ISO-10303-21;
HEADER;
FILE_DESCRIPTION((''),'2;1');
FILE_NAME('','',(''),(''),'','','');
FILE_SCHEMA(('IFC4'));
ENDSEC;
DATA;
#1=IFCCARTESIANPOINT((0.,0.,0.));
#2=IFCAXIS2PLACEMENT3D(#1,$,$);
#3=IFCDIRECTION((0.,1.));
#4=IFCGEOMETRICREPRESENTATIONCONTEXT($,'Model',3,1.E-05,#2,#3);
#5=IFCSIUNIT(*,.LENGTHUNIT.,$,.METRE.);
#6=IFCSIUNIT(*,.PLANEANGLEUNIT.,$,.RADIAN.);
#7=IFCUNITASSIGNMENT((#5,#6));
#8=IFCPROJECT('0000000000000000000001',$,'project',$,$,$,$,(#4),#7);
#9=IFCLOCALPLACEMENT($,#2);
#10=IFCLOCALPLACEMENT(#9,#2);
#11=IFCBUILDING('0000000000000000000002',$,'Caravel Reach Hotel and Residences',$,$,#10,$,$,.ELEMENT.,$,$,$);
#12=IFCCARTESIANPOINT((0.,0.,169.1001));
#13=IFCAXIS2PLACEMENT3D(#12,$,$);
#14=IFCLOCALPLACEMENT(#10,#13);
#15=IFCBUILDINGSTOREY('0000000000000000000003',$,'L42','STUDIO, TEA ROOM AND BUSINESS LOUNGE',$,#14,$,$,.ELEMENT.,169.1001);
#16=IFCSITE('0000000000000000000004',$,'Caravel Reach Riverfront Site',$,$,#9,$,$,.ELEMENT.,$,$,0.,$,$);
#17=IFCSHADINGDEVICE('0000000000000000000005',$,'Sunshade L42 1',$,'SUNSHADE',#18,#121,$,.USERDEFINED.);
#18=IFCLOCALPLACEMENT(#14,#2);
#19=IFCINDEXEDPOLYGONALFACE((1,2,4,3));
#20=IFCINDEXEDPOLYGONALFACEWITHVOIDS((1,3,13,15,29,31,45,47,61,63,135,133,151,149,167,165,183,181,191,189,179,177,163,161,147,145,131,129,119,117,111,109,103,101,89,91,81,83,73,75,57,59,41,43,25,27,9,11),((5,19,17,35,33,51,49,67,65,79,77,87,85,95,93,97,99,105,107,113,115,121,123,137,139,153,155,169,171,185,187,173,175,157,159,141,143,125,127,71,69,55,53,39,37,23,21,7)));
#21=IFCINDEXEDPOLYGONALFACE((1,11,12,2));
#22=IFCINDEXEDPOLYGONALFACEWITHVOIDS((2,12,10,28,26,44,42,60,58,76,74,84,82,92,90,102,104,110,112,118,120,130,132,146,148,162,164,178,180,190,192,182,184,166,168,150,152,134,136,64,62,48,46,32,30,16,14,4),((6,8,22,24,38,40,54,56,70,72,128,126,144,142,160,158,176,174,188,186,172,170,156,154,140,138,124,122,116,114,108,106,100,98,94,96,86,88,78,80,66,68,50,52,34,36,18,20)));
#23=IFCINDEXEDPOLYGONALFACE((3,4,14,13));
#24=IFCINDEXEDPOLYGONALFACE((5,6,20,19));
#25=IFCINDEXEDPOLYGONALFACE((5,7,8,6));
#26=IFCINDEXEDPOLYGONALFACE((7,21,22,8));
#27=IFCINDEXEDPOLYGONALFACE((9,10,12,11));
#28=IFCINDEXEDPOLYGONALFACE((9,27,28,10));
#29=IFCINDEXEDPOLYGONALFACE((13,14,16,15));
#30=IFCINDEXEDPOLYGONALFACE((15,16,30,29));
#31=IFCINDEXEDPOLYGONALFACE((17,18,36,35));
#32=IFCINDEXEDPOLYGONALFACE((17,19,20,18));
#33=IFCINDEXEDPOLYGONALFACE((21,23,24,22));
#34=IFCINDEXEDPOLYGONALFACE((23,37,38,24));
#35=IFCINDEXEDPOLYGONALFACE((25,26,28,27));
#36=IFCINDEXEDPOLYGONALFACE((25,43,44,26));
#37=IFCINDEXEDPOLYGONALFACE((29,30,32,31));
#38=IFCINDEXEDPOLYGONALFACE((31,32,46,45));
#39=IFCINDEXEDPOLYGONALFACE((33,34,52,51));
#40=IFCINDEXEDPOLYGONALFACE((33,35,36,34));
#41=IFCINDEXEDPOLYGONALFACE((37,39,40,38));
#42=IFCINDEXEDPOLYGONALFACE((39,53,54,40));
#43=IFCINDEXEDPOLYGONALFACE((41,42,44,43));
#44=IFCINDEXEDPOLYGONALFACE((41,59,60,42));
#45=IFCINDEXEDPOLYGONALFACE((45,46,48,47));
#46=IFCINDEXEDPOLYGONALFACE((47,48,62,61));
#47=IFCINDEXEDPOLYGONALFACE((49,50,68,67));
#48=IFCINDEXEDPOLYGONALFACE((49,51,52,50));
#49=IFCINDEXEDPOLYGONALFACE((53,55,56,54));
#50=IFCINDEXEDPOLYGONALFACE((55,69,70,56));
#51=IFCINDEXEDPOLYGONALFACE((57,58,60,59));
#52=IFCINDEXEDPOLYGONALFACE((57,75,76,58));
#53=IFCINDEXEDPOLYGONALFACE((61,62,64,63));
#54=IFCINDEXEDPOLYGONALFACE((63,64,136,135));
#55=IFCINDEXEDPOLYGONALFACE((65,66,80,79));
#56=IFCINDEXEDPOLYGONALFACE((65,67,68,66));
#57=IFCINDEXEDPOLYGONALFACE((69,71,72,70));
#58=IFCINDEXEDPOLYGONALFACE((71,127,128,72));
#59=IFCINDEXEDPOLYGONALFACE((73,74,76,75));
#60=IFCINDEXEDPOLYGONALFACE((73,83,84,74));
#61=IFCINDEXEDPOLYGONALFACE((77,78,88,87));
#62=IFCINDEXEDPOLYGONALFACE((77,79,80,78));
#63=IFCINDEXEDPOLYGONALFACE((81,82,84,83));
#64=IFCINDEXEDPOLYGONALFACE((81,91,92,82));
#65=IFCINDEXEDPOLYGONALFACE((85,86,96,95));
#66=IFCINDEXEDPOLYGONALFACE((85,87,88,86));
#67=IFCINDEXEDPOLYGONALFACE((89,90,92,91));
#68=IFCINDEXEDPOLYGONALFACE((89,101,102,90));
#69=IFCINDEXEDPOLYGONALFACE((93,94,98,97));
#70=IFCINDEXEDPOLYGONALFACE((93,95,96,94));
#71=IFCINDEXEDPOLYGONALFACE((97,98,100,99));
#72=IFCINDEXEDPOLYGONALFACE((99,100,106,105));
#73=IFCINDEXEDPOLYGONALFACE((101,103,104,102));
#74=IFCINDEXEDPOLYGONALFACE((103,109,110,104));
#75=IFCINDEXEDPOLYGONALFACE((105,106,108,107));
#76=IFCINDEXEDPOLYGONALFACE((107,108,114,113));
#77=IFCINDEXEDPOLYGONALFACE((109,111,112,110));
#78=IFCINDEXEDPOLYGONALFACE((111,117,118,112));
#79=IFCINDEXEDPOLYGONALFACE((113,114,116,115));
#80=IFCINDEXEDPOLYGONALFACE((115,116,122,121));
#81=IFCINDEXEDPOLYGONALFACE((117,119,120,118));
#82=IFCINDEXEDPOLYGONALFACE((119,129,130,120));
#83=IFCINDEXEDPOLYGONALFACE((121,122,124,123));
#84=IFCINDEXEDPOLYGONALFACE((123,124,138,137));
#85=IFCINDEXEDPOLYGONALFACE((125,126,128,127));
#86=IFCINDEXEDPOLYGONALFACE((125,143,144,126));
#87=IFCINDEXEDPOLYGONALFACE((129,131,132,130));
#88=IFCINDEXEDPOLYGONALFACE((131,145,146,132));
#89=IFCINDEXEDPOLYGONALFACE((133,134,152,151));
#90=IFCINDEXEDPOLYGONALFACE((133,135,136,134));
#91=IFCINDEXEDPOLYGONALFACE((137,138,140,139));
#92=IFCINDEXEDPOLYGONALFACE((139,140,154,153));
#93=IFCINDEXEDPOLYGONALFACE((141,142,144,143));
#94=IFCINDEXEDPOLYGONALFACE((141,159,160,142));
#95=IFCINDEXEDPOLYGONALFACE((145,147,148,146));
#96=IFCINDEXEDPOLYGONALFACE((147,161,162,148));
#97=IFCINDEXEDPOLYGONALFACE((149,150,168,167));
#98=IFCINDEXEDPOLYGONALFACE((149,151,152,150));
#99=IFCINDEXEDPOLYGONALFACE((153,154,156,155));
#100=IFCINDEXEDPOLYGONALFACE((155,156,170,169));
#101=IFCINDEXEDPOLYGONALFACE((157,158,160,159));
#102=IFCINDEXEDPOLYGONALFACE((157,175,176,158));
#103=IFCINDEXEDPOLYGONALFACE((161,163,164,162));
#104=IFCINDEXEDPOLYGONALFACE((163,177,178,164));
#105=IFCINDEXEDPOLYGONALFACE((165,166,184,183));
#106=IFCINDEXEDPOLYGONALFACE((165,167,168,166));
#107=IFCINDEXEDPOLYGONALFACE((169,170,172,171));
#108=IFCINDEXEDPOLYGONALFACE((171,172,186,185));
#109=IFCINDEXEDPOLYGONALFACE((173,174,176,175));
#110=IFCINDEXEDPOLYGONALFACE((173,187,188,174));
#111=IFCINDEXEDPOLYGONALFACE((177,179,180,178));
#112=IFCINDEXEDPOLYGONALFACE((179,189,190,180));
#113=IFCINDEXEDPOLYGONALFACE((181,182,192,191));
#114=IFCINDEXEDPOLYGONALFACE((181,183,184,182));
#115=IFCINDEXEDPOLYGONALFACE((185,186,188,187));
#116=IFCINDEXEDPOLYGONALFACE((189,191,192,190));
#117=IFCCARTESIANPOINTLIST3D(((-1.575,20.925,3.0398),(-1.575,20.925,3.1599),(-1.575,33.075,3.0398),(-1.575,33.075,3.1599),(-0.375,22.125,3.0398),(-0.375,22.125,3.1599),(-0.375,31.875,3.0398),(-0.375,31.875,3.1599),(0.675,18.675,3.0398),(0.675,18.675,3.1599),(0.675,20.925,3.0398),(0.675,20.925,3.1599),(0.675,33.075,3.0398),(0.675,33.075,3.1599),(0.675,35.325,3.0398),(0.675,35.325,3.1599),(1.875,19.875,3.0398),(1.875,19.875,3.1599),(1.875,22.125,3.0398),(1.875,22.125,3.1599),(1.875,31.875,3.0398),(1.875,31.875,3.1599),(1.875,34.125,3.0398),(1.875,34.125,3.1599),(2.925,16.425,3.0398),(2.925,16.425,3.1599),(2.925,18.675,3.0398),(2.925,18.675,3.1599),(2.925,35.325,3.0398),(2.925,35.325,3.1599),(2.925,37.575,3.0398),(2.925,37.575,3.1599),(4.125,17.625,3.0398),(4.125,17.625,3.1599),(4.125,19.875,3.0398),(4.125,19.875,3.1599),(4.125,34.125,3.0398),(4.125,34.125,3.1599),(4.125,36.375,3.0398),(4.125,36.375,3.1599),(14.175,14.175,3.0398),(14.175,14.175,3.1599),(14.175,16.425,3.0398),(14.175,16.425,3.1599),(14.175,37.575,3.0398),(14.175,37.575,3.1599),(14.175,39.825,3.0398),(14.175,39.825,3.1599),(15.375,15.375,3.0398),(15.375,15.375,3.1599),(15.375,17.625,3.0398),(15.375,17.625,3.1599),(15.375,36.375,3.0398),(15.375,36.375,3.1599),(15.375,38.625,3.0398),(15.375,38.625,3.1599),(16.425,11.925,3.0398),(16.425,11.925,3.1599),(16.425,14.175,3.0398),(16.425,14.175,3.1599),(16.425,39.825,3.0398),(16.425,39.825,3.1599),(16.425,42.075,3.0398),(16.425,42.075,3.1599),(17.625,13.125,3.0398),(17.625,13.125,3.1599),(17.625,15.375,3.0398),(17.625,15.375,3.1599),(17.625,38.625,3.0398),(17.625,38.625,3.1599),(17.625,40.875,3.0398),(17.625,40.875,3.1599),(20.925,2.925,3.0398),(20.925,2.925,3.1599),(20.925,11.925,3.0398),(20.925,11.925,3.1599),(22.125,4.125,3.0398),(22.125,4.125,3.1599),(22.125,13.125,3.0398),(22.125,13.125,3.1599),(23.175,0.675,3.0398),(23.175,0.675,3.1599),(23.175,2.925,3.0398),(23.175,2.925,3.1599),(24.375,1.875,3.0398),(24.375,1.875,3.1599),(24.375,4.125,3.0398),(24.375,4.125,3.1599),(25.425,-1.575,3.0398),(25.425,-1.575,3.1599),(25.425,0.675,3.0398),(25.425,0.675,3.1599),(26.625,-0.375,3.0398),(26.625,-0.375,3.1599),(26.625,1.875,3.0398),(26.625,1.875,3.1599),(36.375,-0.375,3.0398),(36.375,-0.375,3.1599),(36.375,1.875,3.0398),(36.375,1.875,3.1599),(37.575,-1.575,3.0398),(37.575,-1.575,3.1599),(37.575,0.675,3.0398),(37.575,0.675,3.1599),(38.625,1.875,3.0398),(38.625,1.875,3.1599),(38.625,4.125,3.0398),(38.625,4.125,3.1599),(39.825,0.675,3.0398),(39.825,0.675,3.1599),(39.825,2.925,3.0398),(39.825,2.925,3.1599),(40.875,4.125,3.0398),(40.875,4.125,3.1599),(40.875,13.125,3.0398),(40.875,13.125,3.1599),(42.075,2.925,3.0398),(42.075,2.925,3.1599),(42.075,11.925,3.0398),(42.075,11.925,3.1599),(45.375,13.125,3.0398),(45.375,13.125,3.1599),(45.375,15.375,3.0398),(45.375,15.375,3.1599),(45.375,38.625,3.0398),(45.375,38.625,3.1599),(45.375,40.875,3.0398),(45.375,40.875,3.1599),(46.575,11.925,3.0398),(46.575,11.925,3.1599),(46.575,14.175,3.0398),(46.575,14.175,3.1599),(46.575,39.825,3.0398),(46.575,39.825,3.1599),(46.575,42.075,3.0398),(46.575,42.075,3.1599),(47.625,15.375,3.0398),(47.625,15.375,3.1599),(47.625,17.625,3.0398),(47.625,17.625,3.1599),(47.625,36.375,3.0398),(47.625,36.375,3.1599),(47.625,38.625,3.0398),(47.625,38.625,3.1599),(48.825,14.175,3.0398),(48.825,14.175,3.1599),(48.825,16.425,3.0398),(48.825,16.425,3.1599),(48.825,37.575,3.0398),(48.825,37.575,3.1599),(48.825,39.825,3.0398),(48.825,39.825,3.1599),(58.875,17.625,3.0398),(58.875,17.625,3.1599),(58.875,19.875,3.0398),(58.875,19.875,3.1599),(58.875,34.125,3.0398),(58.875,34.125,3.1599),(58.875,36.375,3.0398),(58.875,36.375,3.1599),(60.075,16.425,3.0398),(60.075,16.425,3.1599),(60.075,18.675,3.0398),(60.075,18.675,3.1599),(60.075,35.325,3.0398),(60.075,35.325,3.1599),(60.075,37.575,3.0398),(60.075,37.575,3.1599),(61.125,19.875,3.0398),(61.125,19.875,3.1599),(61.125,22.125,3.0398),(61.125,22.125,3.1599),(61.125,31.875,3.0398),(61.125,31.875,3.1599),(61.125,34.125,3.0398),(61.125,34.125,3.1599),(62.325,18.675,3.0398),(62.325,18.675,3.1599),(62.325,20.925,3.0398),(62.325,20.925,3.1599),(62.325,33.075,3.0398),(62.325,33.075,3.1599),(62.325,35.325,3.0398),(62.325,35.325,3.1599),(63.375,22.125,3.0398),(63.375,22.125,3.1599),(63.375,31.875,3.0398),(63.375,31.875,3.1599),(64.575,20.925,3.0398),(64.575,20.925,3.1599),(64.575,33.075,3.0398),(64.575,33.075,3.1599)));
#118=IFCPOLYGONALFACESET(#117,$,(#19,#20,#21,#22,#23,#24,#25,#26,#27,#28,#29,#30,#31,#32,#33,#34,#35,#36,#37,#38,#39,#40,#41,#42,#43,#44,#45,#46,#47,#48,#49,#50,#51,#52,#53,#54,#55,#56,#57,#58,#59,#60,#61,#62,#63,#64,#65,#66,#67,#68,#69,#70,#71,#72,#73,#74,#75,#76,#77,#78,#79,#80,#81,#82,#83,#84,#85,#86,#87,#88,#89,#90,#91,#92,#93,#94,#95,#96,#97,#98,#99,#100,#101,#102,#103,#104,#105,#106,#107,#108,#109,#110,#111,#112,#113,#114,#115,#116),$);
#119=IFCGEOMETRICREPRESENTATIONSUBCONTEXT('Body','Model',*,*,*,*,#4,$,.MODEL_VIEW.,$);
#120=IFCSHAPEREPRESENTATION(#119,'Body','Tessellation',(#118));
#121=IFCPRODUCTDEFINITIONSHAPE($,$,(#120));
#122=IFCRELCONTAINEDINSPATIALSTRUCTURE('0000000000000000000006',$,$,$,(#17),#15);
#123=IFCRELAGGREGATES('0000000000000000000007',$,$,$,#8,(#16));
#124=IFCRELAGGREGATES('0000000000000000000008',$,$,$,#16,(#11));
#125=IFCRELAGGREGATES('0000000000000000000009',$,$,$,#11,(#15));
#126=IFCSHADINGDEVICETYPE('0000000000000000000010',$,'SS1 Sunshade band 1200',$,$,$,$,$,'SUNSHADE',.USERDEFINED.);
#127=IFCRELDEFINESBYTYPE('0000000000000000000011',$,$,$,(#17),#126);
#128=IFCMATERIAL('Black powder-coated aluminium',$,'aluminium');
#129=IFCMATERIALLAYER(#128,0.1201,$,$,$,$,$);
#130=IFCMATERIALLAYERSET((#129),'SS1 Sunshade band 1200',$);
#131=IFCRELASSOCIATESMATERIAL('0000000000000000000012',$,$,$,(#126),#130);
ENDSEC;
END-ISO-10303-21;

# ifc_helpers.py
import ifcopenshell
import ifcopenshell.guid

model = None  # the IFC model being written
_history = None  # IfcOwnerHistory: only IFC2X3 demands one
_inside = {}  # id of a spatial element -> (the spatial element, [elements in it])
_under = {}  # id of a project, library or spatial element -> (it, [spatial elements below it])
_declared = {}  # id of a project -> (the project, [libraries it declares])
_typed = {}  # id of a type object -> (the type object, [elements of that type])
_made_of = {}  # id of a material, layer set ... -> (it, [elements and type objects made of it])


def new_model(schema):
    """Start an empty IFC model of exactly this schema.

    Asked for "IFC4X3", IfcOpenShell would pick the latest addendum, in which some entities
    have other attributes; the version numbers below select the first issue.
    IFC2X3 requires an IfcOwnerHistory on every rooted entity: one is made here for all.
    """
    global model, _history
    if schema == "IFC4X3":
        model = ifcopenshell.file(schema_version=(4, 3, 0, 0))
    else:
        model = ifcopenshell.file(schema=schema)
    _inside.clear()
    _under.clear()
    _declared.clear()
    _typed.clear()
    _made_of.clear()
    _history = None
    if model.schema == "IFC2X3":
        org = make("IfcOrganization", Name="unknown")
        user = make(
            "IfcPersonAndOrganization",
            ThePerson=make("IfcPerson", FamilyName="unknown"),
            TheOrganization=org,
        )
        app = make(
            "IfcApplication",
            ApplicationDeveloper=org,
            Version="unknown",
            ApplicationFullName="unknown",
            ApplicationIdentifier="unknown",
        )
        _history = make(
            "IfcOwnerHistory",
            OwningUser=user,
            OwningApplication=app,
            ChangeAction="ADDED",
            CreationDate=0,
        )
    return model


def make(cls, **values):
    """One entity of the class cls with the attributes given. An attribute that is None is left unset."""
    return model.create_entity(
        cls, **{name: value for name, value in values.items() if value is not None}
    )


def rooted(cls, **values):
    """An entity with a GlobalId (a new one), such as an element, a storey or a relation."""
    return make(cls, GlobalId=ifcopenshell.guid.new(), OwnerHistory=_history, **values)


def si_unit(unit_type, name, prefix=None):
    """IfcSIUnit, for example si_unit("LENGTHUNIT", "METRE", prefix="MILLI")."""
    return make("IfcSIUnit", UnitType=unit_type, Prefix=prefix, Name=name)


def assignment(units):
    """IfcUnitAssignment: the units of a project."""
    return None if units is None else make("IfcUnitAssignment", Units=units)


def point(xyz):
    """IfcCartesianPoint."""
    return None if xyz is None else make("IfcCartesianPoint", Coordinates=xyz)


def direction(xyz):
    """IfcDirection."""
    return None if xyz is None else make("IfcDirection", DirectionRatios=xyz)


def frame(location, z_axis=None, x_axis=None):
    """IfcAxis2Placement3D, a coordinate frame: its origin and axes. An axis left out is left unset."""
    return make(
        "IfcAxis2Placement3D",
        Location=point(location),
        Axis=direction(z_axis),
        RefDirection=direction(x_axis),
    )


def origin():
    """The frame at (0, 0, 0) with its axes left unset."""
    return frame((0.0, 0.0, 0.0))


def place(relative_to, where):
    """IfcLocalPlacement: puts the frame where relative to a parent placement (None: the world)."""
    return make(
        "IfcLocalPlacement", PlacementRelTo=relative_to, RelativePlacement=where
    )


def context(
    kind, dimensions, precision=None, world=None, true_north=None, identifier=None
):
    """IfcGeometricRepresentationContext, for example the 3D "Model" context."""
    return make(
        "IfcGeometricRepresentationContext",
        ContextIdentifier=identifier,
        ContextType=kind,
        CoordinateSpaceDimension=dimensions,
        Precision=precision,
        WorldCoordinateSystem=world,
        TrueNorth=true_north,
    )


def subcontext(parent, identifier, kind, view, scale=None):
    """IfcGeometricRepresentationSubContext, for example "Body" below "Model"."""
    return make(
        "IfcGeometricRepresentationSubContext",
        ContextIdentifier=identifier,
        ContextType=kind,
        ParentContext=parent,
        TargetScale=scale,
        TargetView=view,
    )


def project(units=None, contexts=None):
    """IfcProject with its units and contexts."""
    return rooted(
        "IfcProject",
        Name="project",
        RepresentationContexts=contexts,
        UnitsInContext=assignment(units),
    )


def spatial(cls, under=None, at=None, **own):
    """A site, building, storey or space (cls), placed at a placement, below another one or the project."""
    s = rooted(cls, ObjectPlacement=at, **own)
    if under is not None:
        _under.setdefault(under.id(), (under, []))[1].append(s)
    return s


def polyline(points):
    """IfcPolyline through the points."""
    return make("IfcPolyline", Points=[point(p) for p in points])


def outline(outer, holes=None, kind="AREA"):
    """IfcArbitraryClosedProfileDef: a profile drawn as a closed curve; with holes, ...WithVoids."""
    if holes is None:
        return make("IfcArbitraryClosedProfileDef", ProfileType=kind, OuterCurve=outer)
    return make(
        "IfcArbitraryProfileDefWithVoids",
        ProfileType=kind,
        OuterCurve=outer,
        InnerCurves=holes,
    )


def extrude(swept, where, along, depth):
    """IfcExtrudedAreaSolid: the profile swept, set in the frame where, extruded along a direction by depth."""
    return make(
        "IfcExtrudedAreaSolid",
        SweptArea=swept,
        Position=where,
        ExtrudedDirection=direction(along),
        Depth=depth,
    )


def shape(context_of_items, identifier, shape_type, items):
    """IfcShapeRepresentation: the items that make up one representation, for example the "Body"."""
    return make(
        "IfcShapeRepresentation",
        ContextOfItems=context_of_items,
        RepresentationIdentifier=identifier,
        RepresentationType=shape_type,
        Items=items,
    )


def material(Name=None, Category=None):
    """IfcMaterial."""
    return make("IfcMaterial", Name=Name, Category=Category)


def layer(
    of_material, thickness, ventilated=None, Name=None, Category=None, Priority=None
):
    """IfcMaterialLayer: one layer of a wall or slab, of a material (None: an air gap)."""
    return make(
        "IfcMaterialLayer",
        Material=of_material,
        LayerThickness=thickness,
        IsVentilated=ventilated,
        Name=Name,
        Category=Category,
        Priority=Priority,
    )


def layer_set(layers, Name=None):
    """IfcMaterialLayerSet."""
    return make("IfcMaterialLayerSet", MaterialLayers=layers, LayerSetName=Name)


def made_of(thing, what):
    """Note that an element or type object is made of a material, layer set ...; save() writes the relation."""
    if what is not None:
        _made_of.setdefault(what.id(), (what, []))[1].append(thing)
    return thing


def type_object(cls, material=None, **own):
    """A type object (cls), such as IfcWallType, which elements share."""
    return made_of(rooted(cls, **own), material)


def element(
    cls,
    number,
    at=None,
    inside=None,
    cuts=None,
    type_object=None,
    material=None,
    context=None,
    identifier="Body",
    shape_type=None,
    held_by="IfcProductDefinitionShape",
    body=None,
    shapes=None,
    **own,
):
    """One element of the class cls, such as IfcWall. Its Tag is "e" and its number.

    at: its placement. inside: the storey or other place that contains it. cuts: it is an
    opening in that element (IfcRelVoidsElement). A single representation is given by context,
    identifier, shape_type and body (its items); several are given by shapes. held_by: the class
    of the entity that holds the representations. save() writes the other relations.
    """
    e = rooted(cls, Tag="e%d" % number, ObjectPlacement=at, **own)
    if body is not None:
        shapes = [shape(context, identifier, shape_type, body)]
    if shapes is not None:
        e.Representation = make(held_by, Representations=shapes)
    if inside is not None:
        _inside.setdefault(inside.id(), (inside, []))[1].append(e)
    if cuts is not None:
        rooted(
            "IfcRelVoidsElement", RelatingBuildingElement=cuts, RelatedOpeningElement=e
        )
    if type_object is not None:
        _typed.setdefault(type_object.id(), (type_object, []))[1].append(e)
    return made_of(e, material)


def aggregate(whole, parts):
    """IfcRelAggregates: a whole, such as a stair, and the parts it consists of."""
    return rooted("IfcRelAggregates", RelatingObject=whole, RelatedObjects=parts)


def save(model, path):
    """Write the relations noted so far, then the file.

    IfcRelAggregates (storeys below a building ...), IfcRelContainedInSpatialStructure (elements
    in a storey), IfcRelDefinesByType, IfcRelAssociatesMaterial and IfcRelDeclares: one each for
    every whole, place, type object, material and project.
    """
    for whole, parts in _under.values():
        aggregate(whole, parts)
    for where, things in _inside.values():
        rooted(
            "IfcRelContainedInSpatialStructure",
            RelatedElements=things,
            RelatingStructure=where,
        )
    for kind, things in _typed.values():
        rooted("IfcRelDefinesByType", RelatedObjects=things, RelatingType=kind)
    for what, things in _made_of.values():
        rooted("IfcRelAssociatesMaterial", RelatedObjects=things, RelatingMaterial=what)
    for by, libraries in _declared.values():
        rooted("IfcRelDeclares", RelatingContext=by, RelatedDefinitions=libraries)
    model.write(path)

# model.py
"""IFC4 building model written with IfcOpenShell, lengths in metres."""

from ifc_helpers import new_model, si_unit, direction, frame, origin, place, context, subcontext, project, spatial, polyline, outline, extrude, material, layer, layer_set, type_object, element, save


model = new_model("IFC4")

# Units and contexts
model_context = context("Model", 3, precision=1e-05, world=origin(), true_north=direction((0.0, 1.0)))
body_context = subcontext(model_context, "Body", "Model", "MODEL_VIEW")
ifc_project = project(units=[si_unit("LENGTHUNIT", "METRE"), si_unit("PLANEANGLEUNIT", "RADIAN")], contexts=[model_context])

# Site, building, storey
site_placement = place(None, origin())
site = spatial("IfcSite", under=ifc_project, at=site_placement, Name="Caravel Reach Riverfront Site", CompositionType="ELEMENT", RefElevation=0.0)
building_placement = place(site_placement, origin())
building = spatial("IfcBuilding", under=site, at=building_placement, Name="Caravel Reach Hotel and Residences", CompositionType="ELEMENT")
storey_placement = place(building_placement, frame((0.0, 0.0, 169.1001)))
storey = spatial("IfcBuildingStorey", under=building, at=storey_placement, Name="L42", Description="STUDIO, TEA ROOM AND BUSINESS LOUNGE", CompositionType="ELEMENT", Elevation=169.1001)

# Shading device
ifc_material_1 = material(Name="Black powder-coated aluminium", Category="aluminium")
ifc_layer_1 = layer(ifc_material_1, 0.1201)
ifc_layer_set_1 = layer_set([ifc_layer_1], Name="SS1 Sunshade band 1200")
shading_device_type = type_object("IfcShadingDeviceType", Name="SS1 Sunshade band 1200", ElementType="SUNSHADE", PredefinedType="USERDEFINED", material=ifc_layer_set_1)
shading_device_placement = place(storey_placement, frame((0.0, 0.0, 3.0398)))
element("IfcShadingDevice", 1, at=shading_device_placement, inside=storey, type_object=shading_device_type, Name="Sunshade L42 1", ObjectType="SUNSHADE", PredefinedType="USERDEFINED", context=body_context, shape_type="SweptSolid", body=[
    extrude(outline(polyline([(20.925, 11.925), (20.925, 2.925), (23.175, 2.925), (23.175, 0.675), (25.425, 0.675), (25.425, -1.575), (37.575, -1.575), (37.575, 0.675), (39.825, 0.675), (39.825, 2.925), (42.075, 2.925), (42.075, 11.925), (46.575, 11.925), (46.575, 14.175), (48.825, 14.175), (48.825, 16.425), (60.075, 16.425), (60.075, 18.675), (62.325, 18.675), (62.325, 20.925), (64.575, 20.925), (64.575, 33.075), (62.325, 33.075), (62.325, 35.325), (60.075, 35.325), (60.075, 37.575), (48.825, 37.575), (48.825, 39.825), (46.575, 39.825), (46.575, 42.075), (16.425, 42.075), (16.425, 39.825), (14.175, 39.825), (14.175, 37.575), (2.925, 37.575), (2.925, 35.325), (0.675, 35.325), (0.675, 33.075), (-1.575, 33.075), (-1.575, 20.925), (0.675, 20.925), (0.675, 18.675), (2.925, 18.675), (2.925, 16.425), (14.175, 16.425), (14.175, 14.175), (16.425, 14.175), (16.425, 11.925), (20.925, 11.925)]), holes=[polyline([(24.375, 4.125), (22.125, 4.125), (22.125, 13.125), (17.625, 13.125), (17.625, 15.375), (15.375, 15.375), (15.375, 17.625), (4.125, 17.625), (4.125, 19.875), (1.875, 19.875), (1.875, 22.125), (-0.375, 22.125), (-0.375, 31.875), (1.875, 31.875), (1.875, 34.125), (4.125, 34.125), (4.125, 36.375), (15.375, 36.375), (15.375, 38.625), (17.625, 38.625), (17.625, 40.875), (45.375, 40.875), (45.375, 38.625), (47.625, 38.625), (47.625, 36.375), (58.875, 36.375), (58.875, 34.125), (61.125, 34.125), (61.125, 31.875), (63.375, 31.875), (63.375, 22.125), (61.125, 22.125), (61.125, 19.875), (58.875, 19.875), (58.875, 17.625), (47.625, 17.625), (47.625, 15.375), (45.375, 15.375), (45.375, 13.125), (40.875, 13.125), (40.875, 4.125), (38.625, 4.125), (38.625, 1.875), (36.375, 1.875), (36.375, -0.375), (26.625, -0.375), (26.625, 1.875), (24.375, 1.875), (24.375, 4.125)])]), origin(), (0.0, 0.0, 1.0), 0.1201),
])

save(model, "model.ifc")
